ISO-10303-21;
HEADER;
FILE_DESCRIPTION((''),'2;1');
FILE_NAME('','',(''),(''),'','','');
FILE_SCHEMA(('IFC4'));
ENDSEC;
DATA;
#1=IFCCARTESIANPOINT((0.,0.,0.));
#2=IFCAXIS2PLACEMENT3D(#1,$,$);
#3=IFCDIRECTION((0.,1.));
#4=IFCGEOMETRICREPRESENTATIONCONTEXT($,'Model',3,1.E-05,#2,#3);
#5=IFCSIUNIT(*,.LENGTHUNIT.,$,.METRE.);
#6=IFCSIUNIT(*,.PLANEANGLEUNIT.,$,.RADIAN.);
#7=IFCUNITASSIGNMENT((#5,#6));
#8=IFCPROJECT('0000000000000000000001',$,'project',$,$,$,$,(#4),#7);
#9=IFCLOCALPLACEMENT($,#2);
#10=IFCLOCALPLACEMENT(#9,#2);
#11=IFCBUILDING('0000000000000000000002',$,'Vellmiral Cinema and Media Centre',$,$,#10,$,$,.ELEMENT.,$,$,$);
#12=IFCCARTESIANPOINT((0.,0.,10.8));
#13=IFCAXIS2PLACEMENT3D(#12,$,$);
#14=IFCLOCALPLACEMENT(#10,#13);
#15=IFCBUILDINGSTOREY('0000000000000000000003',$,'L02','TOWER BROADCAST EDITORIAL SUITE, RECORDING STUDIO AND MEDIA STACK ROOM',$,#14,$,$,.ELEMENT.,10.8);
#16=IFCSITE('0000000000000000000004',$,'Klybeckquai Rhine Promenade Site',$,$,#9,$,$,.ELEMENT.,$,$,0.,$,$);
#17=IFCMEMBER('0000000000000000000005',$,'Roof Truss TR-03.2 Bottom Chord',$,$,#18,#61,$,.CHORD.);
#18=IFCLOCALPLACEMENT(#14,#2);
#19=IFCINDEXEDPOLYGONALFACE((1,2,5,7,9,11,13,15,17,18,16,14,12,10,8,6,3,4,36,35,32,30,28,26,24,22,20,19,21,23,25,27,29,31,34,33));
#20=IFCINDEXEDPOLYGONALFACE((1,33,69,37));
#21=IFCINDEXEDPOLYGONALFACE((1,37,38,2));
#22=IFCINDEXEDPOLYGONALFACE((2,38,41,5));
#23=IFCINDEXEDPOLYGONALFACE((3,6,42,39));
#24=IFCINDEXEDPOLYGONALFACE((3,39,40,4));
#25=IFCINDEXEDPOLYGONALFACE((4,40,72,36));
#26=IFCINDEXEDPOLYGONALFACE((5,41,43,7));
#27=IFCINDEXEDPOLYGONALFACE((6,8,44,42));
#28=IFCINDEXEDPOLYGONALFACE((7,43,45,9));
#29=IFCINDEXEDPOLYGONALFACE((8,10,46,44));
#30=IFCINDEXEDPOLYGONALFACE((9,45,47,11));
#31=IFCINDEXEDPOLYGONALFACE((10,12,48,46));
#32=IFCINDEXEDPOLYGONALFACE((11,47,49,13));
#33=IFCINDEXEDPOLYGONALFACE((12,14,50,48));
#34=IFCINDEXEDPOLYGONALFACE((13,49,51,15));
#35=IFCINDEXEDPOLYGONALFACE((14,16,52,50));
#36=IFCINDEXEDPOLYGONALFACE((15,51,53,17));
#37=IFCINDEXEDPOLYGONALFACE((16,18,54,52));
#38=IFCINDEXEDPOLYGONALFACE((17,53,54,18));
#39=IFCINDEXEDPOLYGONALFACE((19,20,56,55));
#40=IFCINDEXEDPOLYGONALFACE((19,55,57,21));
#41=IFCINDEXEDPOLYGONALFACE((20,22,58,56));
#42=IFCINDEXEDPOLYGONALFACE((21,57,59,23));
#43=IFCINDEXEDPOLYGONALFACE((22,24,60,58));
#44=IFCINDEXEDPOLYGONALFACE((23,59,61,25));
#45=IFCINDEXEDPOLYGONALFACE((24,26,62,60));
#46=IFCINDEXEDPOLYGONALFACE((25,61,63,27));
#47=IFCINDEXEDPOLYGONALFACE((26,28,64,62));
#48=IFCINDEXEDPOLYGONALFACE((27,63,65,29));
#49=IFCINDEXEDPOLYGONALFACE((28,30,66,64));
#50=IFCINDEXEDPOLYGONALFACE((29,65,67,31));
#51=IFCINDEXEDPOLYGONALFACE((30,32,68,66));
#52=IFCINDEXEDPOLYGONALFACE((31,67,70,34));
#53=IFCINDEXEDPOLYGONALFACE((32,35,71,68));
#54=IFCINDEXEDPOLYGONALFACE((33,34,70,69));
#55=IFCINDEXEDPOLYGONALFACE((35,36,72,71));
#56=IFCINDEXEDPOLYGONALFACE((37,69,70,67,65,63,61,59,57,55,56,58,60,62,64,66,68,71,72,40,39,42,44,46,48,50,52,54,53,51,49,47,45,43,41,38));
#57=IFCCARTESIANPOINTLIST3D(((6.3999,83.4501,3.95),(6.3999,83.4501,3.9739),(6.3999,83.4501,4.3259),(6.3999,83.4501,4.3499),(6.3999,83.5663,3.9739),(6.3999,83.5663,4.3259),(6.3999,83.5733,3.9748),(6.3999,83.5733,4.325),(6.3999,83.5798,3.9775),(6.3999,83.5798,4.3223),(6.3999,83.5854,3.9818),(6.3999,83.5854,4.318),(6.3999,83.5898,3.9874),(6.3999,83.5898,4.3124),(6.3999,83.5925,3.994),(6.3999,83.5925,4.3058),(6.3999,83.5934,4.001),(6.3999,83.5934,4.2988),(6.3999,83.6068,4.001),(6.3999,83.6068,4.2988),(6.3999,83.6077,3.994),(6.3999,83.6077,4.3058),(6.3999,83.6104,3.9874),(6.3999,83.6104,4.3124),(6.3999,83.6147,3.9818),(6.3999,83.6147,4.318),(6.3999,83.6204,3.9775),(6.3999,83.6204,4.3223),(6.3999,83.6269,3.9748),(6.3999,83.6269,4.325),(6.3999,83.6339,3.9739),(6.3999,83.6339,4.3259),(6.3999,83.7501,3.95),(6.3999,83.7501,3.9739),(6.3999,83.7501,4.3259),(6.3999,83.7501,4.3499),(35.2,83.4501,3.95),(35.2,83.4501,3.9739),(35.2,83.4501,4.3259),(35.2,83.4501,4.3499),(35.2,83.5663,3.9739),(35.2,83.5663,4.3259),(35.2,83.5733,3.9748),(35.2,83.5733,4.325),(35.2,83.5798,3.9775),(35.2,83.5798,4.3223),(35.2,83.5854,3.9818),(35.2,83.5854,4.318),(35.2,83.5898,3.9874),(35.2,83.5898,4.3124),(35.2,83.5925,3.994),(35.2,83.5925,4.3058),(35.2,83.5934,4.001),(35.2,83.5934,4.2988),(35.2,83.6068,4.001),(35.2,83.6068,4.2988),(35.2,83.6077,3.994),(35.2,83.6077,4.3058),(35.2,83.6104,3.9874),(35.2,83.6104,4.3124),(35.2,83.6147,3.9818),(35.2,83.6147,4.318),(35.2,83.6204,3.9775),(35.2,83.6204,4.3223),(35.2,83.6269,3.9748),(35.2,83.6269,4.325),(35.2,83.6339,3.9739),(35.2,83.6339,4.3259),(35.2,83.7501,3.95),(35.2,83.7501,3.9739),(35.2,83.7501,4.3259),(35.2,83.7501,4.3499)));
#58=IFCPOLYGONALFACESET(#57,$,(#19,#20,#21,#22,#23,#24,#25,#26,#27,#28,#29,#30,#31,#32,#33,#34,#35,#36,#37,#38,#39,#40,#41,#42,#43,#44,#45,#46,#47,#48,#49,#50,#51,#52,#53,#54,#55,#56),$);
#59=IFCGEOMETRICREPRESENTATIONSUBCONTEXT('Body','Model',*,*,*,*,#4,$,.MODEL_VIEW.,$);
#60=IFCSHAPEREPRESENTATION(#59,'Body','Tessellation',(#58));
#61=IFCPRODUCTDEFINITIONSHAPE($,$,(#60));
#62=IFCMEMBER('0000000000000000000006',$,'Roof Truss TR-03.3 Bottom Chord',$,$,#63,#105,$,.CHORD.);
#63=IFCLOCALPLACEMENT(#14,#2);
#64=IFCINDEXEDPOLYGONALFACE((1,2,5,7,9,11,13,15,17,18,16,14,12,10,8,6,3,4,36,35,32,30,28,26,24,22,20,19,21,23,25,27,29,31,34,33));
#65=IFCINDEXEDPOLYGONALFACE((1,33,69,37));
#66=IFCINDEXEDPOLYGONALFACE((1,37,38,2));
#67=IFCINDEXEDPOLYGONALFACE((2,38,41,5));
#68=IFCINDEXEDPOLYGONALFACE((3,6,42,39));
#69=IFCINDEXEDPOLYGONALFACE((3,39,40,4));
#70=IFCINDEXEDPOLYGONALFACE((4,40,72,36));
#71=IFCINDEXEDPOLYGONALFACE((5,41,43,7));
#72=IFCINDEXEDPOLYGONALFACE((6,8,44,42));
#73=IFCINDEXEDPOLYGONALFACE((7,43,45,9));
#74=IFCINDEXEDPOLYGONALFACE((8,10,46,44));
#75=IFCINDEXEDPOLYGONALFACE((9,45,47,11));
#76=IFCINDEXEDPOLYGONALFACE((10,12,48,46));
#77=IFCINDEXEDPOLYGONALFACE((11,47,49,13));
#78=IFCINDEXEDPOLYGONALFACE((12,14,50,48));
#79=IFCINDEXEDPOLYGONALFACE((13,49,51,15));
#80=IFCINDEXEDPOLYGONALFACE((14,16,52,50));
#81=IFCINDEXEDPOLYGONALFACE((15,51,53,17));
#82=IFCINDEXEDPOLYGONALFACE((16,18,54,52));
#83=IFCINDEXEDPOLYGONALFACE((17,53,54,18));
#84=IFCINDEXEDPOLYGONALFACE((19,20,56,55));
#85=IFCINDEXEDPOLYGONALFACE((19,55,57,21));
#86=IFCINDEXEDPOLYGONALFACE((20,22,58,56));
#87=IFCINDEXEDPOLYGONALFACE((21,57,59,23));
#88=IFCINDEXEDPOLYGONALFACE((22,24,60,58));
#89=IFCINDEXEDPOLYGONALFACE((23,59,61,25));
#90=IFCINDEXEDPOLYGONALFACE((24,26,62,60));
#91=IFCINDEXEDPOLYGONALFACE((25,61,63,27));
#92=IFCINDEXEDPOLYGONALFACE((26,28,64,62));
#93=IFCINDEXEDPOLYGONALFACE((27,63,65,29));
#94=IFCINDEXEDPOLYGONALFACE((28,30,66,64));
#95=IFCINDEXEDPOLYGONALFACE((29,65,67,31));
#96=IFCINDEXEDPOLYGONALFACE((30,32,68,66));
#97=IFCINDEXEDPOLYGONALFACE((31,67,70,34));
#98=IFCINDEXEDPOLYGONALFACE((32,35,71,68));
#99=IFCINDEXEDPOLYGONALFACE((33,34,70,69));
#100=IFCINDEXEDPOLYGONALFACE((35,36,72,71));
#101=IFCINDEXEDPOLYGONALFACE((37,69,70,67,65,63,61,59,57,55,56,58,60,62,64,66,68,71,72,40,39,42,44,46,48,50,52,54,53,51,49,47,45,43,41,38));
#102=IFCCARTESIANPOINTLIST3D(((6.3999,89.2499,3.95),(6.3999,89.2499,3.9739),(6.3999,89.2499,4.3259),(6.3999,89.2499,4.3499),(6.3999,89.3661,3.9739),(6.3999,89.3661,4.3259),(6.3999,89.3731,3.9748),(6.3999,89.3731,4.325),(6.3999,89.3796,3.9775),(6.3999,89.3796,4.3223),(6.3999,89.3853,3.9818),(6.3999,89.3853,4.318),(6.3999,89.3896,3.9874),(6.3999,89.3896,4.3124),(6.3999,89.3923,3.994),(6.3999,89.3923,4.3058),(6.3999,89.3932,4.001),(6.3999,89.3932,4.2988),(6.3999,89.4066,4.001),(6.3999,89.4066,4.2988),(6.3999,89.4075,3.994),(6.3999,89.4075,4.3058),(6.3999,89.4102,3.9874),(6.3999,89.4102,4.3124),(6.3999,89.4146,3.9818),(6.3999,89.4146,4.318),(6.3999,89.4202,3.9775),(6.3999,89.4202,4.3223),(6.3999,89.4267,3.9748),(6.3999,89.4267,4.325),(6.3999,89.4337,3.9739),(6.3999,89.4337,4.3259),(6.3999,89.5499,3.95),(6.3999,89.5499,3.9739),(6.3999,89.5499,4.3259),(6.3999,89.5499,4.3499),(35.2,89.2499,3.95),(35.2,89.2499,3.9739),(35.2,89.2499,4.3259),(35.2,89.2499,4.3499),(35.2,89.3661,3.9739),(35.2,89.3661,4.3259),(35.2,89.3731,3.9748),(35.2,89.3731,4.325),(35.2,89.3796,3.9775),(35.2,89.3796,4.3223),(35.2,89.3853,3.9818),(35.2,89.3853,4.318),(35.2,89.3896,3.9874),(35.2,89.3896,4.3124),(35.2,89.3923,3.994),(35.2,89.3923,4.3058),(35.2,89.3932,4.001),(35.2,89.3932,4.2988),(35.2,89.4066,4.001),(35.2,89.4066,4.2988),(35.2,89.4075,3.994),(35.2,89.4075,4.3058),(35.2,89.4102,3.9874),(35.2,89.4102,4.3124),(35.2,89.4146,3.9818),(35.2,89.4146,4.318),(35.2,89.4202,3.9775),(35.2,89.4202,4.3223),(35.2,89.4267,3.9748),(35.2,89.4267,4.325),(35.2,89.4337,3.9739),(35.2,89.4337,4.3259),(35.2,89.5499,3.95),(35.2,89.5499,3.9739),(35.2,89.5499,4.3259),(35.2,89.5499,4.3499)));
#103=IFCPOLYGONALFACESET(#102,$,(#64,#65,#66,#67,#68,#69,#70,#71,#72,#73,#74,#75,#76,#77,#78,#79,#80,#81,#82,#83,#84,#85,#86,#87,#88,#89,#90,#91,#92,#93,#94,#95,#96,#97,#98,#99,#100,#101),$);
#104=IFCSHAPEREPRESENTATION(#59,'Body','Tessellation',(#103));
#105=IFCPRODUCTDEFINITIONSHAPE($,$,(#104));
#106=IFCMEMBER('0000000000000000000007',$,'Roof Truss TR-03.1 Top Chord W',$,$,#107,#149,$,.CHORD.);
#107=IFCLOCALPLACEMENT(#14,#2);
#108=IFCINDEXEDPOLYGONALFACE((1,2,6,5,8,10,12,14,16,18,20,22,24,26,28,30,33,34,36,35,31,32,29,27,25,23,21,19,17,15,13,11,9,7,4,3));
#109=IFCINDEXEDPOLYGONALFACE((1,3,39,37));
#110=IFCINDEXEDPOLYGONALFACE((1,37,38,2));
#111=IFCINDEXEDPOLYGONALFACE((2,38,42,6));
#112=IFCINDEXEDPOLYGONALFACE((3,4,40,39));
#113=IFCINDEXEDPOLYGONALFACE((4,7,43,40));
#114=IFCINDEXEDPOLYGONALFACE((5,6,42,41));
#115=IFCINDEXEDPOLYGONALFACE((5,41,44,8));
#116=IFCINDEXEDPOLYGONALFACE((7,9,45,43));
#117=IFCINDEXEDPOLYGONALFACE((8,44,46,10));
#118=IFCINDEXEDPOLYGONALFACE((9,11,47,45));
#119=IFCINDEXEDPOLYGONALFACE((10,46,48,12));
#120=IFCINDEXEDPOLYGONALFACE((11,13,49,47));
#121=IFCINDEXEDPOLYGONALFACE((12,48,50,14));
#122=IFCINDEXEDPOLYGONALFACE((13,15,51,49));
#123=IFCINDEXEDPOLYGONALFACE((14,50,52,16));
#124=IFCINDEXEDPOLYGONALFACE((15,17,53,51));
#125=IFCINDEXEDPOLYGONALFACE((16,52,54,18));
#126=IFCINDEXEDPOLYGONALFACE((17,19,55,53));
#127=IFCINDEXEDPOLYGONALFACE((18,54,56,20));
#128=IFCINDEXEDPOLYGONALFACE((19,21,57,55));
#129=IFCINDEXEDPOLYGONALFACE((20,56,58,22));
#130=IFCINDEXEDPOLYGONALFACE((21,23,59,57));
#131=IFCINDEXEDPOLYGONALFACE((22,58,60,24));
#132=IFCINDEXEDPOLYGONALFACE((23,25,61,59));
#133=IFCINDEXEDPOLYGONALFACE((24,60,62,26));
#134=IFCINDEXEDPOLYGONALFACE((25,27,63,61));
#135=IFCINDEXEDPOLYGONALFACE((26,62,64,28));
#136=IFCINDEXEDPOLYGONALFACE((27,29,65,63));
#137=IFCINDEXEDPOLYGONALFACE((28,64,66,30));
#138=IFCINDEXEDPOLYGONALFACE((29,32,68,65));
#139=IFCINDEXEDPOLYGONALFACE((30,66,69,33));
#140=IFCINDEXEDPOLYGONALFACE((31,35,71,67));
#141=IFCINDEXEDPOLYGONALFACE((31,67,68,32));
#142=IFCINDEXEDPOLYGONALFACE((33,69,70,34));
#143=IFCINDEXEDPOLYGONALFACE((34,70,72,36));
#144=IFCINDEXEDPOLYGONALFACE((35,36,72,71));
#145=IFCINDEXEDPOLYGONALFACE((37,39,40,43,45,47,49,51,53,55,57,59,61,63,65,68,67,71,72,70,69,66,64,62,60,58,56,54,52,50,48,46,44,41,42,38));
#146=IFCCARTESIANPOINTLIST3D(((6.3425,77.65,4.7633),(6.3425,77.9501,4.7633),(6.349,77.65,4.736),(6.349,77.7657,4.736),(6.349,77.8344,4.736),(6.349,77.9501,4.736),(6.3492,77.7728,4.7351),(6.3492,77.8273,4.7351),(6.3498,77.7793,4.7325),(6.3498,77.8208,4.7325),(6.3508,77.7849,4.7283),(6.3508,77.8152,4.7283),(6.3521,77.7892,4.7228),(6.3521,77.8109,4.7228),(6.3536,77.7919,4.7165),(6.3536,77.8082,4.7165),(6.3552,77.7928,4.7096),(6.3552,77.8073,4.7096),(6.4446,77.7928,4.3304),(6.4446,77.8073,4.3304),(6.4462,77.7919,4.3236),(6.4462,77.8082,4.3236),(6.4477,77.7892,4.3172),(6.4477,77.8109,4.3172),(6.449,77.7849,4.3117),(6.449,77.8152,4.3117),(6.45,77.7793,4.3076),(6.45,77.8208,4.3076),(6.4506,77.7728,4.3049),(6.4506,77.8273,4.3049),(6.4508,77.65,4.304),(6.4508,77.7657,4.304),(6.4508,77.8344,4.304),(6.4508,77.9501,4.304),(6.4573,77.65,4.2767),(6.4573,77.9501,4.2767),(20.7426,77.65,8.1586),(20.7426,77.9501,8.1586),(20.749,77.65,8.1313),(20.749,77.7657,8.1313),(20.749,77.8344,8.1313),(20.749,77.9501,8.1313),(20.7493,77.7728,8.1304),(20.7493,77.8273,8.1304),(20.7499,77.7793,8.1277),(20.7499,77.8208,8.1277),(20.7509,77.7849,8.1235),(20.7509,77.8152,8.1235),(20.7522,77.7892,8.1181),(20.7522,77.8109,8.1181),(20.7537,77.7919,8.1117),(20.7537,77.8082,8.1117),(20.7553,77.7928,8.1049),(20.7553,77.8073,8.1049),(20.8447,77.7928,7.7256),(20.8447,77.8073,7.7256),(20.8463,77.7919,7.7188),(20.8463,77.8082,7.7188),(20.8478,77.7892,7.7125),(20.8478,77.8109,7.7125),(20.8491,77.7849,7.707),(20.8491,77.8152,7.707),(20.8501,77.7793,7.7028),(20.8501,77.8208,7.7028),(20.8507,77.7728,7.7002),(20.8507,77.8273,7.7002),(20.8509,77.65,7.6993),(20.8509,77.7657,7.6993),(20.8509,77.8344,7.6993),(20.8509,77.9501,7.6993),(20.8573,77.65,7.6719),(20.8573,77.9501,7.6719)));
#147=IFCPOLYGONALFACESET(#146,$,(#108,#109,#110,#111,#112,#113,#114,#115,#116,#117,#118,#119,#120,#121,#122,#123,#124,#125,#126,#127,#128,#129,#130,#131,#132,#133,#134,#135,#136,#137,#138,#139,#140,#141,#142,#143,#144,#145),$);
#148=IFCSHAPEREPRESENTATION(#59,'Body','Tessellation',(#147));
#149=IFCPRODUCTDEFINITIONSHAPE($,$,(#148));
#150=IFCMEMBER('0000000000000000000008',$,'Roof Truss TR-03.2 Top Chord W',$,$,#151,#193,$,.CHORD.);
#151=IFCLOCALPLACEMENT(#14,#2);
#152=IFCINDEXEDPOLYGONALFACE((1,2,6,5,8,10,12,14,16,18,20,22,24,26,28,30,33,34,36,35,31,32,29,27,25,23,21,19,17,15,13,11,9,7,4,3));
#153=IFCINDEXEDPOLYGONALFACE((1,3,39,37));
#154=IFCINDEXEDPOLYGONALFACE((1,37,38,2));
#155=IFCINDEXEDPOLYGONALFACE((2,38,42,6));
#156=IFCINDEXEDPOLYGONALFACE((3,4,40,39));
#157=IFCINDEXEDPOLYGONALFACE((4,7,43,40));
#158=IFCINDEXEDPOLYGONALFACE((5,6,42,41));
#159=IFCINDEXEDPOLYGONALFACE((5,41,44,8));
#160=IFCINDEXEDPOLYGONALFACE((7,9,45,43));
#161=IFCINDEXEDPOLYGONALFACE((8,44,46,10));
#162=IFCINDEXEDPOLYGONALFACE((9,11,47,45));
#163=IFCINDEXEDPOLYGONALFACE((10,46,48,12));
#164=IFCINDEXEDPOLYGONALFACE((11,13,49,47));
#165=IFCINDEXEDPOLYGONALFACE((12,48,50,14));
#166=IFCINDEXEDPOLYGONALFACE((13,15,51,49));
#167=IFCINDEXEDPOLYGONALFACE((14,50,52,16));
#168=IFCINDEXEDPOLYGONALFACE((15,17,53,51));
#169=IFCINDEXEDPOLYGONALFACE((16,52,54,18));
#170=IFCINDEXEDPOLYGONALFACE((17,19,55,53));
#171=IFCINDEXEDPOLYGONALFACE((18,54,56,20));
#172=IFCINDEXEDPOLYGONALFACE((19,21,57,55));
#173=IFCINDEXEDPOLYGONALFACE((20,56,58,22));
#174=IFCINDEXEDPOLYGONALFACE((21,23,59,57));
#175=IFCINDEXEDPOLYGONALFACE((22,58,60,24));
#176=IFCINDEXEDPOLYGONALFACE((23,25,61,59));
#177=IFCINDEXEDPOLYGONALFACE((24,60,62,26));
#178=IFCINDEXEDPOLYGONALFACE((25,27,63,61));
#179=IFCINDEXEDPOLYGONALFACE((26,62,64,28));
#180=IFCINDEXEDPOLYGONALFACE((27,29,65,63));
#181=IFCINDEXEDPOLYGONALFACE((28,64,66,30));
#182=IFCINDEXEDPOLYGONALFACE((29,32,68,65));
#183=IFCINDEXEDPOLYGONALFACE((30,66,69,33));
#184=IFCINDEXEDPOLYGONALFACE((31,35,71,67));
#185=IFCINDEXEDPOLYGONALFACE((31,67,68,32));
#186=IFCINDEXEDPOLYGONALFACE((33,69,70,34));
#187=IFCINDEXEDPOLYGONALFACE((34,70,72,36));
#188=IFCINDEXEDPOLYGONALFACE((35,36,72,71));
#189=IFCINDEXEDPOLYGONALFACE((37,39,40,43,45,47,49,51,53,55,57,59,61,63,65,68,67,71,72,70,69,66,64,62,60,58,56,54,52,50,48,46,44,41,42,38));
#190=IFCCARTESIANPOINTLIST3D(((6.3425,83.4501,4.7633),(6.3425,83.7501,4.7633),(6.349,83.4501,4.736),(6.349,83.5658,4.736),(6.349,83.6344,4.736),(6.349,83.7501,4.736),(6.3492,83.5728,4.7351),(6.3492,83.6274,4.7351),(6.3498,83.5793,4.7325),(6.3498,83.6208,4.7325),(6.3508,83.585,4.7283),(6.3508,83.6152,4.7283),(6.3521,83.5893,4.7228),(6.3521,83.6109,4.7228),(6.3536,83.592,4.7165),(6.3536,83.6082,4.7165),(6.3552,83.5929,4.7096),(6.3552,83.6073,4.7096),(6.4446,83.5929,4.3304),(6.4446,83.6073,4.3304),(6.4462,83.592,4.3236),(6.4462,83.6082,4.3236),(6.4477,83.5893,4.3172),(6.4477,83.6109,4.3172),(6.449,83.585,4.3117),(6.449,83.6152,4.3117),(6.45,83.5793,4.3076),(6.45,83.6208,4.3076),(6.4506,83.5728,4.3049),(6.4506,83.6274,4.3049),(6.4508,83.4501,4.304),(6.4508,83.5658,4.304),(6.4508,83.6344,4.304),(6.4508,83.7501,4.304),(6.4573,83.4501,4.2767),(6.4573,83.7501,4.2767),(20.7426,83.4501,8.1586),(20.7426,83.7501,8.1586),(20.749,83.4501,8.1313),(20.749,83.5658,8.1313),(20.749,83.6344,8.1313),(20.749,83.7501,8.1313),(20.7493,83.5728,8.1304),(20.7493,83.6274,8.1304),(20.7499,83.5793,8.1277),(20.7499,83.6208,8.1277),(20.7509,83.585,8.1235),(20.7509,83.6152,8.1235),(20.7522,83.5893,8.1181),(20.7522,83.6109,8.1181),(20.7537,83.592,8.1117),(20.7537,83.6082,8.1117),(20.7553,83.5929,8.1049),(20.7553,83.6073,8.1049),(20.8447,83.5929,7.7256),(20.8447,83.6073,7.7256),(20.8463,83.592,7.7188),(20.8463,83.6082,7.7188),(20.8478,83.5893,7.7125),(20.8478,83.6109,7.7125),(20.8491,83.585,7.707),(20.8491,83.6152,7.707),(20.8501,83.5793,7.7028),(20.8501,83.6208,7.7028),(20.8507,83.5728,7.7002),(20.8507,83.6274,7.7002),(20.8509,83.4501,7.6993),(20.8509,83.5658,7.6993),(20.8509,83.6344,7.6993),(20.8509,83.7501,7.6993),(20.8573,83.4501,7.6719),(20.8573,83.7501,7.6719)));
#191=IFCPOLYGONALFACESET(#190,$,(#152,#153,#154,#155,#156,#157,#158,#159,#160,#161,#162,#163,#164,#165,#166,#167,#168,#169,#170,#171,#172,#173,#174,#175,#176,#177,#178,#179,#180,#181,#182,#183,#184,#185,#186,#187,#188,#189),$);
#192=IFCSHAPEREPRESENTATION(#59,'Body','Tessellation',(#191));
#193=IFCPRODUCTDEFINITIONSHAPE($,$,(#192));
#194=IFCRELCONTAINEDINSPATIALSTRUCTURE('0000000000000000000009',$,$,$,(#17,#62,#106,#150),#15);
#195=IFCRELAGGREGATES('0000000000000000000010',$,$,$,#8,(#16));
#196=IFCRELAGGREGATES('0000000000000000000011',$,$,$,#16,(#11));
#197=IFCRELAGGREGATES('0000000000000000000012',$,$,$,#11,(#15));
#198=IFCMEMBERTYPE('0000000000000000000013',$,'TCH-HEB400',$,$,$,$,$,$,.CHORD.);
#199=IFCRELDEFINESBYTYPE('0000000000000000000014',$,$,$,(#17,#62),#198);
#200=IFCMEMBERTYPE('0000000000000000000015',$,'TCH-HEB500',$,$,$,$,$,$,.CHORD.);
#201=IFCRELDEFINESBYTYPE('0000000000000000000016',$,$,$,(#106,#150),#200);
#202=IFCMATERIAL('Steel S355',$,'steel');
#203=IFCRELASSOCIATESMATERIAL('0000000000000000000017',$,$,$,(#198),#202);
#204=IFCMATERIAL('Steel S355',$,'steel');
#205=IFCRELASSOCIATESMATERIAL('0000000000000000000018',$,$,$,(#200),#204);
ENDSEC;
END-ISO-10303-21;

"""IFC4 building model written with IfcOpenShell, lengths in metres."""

from ifc_helpers import new_model, si_unit, direction, frame, origin, origin_2d, place, context, subcontext, project, spatial, i_section, extrude, material, material_profile, profile_set, type_object, element, save


model = new_model("IFC4")

# Units and contexts
model_context = context("Model", 3, precision=1e-05, world=origin(), true_north=direction((0.0, 1.0)))
body_context = subcontext(model_context, "Body", "Model", "MODEL_VIEW")
ifc_project = project(units=[si_unit("LENGTHUNIT", "METRE"), si_unit("PLANEANGLEUNIT", "RADIAN")], contexts=[model_context])

# Site, building, storey
site_placement = place(None, origin())
site = spatial("IfcSite", under=ifc_project, at=site_placement, Name="Klybeckquai Rhine Promenade Site", CompositionType="ELEMENT", RefElevation=0.0)
building_placement = place(site_placement, origin())
building = spatial("IfcBuilding", under=site, at=building_placement, Name="Vellmiral Cinema and Media Centre", CompositionType="ELEMENT")
storey_placement = place(building_placement, frame((0.0, 0.0, 10.8)))
storey = spatial("IfcBuildingStorey", under=building, at=storey_placement, Name="L02", Description="TOWER BROADCAST EDITORIAL SUITE, RECORDING STUDIO AND MEDIA STACK ROOM", CompositionType="ELEMENT", Elevation=10.8)

# Members
ifc_material_1 = material(Name="Steel S355", Category="steel")
ifc_material_profile_1 = material_profile(ifc_material_1, i_section(OverallWidth=0.3, OverallDepth=0.3999, WebThickness=0.0134, FlangeThickness=0.0239, FilletRadius=0.0271, at=origin_2d()), Name="HEB 400")
ifc_profile_set_1 = profile_set([ifc_material_profile_1], Name="Steel S355")
member_type_1 = type_object("IfcMemberType", Name="TCH-HEB400", PredefinedType="CHORD", material=ifc_profile_set_1)
for number, where, z_axis, x_axis, name in (
    (1, (6.3999, 83.6001, 4.1499), (1.0, 0.0, 0.0), (0.0, 1.0, 0.0), "Roof Truss TR-03.2 Bottom Chord"),
    (2, (6.3999, 89.3999, 4.1499), (1.0, 0.0, 0.0), (0.0, 1.0, 0.0), "Roof Truss TR-03.3 Bottom Chord"),
):
    element("IfcMember", number, at=place(storey_placement, frame(where, z_axis=z_axis, x_axis=x_axis)), inside=storey, type_object=member_type_1, Name=name, PredefinedType="CHORD", context=body_context, shape_type="SweptSolid", body=[
        extrude(i_section(OverallWidth=0.3, OverallDepth=0.3999, WebThickness=0.0134, FlangeThickness=0.0239, FilletRadius=0.0271, at=origin_2d()), origin(), (0.0, 0.0, 1.0), 28.8),
    ])
ifc_material_2 = material(Name="Steel S355", Category="steel")
ifc_material_profile_2 = material_profile(ifc_material_2, i_section(OverallWidth=0.3, OverallDepth=0.5, WebThickness=0.0144, FlangeThickness=0.0281, FilletRadius=0.0271, at=origin_2d()), Name="HEB 500")
ifc_profile_set_2 = profile_set([ifc_material_profile_2], Name="Steel S355")
member_type_2 = type_object("IfcMemberType", Name="TCH-HEB500", PredefinedType="CHORD", material=ifc_profile_set_2)
for number, where, z_axis, x_axis, name in (
    (3, (6.3999, 77.8, 4.52), (0.973312, 0.0, 0.229487), (0.0, 1.0, 0.0), "Roof Truss TR-03.1 Top Chord W"),
    (4, (6.3999, 83.6001, 4.52), (0.973312, 0.0, 0.229487), (0.0, 1.0, 0.0), "Roof Truss TR-03.2 Top Chord W"),
):
    element("IfcMember", number, at=place(storey_placement, frame(where, z_axis=z_axis, x_axis=x_axis)), inside=storey, type_object=member_type_2, Name=name, PredefinedType="CHORD", context=body_context, shape_type="SweptSolid", body=[
        extrude(i_section(OverallWidth=0.3, OverallDepth=0.5, WebThickness=0.0144, FlangeThickness=0.0281, FilletRadius=0.0271, at=origin_2d()), origin(), (0.0, 0.0, 1.0), 14.7949),
    ])

save(model, "model.ifc")
